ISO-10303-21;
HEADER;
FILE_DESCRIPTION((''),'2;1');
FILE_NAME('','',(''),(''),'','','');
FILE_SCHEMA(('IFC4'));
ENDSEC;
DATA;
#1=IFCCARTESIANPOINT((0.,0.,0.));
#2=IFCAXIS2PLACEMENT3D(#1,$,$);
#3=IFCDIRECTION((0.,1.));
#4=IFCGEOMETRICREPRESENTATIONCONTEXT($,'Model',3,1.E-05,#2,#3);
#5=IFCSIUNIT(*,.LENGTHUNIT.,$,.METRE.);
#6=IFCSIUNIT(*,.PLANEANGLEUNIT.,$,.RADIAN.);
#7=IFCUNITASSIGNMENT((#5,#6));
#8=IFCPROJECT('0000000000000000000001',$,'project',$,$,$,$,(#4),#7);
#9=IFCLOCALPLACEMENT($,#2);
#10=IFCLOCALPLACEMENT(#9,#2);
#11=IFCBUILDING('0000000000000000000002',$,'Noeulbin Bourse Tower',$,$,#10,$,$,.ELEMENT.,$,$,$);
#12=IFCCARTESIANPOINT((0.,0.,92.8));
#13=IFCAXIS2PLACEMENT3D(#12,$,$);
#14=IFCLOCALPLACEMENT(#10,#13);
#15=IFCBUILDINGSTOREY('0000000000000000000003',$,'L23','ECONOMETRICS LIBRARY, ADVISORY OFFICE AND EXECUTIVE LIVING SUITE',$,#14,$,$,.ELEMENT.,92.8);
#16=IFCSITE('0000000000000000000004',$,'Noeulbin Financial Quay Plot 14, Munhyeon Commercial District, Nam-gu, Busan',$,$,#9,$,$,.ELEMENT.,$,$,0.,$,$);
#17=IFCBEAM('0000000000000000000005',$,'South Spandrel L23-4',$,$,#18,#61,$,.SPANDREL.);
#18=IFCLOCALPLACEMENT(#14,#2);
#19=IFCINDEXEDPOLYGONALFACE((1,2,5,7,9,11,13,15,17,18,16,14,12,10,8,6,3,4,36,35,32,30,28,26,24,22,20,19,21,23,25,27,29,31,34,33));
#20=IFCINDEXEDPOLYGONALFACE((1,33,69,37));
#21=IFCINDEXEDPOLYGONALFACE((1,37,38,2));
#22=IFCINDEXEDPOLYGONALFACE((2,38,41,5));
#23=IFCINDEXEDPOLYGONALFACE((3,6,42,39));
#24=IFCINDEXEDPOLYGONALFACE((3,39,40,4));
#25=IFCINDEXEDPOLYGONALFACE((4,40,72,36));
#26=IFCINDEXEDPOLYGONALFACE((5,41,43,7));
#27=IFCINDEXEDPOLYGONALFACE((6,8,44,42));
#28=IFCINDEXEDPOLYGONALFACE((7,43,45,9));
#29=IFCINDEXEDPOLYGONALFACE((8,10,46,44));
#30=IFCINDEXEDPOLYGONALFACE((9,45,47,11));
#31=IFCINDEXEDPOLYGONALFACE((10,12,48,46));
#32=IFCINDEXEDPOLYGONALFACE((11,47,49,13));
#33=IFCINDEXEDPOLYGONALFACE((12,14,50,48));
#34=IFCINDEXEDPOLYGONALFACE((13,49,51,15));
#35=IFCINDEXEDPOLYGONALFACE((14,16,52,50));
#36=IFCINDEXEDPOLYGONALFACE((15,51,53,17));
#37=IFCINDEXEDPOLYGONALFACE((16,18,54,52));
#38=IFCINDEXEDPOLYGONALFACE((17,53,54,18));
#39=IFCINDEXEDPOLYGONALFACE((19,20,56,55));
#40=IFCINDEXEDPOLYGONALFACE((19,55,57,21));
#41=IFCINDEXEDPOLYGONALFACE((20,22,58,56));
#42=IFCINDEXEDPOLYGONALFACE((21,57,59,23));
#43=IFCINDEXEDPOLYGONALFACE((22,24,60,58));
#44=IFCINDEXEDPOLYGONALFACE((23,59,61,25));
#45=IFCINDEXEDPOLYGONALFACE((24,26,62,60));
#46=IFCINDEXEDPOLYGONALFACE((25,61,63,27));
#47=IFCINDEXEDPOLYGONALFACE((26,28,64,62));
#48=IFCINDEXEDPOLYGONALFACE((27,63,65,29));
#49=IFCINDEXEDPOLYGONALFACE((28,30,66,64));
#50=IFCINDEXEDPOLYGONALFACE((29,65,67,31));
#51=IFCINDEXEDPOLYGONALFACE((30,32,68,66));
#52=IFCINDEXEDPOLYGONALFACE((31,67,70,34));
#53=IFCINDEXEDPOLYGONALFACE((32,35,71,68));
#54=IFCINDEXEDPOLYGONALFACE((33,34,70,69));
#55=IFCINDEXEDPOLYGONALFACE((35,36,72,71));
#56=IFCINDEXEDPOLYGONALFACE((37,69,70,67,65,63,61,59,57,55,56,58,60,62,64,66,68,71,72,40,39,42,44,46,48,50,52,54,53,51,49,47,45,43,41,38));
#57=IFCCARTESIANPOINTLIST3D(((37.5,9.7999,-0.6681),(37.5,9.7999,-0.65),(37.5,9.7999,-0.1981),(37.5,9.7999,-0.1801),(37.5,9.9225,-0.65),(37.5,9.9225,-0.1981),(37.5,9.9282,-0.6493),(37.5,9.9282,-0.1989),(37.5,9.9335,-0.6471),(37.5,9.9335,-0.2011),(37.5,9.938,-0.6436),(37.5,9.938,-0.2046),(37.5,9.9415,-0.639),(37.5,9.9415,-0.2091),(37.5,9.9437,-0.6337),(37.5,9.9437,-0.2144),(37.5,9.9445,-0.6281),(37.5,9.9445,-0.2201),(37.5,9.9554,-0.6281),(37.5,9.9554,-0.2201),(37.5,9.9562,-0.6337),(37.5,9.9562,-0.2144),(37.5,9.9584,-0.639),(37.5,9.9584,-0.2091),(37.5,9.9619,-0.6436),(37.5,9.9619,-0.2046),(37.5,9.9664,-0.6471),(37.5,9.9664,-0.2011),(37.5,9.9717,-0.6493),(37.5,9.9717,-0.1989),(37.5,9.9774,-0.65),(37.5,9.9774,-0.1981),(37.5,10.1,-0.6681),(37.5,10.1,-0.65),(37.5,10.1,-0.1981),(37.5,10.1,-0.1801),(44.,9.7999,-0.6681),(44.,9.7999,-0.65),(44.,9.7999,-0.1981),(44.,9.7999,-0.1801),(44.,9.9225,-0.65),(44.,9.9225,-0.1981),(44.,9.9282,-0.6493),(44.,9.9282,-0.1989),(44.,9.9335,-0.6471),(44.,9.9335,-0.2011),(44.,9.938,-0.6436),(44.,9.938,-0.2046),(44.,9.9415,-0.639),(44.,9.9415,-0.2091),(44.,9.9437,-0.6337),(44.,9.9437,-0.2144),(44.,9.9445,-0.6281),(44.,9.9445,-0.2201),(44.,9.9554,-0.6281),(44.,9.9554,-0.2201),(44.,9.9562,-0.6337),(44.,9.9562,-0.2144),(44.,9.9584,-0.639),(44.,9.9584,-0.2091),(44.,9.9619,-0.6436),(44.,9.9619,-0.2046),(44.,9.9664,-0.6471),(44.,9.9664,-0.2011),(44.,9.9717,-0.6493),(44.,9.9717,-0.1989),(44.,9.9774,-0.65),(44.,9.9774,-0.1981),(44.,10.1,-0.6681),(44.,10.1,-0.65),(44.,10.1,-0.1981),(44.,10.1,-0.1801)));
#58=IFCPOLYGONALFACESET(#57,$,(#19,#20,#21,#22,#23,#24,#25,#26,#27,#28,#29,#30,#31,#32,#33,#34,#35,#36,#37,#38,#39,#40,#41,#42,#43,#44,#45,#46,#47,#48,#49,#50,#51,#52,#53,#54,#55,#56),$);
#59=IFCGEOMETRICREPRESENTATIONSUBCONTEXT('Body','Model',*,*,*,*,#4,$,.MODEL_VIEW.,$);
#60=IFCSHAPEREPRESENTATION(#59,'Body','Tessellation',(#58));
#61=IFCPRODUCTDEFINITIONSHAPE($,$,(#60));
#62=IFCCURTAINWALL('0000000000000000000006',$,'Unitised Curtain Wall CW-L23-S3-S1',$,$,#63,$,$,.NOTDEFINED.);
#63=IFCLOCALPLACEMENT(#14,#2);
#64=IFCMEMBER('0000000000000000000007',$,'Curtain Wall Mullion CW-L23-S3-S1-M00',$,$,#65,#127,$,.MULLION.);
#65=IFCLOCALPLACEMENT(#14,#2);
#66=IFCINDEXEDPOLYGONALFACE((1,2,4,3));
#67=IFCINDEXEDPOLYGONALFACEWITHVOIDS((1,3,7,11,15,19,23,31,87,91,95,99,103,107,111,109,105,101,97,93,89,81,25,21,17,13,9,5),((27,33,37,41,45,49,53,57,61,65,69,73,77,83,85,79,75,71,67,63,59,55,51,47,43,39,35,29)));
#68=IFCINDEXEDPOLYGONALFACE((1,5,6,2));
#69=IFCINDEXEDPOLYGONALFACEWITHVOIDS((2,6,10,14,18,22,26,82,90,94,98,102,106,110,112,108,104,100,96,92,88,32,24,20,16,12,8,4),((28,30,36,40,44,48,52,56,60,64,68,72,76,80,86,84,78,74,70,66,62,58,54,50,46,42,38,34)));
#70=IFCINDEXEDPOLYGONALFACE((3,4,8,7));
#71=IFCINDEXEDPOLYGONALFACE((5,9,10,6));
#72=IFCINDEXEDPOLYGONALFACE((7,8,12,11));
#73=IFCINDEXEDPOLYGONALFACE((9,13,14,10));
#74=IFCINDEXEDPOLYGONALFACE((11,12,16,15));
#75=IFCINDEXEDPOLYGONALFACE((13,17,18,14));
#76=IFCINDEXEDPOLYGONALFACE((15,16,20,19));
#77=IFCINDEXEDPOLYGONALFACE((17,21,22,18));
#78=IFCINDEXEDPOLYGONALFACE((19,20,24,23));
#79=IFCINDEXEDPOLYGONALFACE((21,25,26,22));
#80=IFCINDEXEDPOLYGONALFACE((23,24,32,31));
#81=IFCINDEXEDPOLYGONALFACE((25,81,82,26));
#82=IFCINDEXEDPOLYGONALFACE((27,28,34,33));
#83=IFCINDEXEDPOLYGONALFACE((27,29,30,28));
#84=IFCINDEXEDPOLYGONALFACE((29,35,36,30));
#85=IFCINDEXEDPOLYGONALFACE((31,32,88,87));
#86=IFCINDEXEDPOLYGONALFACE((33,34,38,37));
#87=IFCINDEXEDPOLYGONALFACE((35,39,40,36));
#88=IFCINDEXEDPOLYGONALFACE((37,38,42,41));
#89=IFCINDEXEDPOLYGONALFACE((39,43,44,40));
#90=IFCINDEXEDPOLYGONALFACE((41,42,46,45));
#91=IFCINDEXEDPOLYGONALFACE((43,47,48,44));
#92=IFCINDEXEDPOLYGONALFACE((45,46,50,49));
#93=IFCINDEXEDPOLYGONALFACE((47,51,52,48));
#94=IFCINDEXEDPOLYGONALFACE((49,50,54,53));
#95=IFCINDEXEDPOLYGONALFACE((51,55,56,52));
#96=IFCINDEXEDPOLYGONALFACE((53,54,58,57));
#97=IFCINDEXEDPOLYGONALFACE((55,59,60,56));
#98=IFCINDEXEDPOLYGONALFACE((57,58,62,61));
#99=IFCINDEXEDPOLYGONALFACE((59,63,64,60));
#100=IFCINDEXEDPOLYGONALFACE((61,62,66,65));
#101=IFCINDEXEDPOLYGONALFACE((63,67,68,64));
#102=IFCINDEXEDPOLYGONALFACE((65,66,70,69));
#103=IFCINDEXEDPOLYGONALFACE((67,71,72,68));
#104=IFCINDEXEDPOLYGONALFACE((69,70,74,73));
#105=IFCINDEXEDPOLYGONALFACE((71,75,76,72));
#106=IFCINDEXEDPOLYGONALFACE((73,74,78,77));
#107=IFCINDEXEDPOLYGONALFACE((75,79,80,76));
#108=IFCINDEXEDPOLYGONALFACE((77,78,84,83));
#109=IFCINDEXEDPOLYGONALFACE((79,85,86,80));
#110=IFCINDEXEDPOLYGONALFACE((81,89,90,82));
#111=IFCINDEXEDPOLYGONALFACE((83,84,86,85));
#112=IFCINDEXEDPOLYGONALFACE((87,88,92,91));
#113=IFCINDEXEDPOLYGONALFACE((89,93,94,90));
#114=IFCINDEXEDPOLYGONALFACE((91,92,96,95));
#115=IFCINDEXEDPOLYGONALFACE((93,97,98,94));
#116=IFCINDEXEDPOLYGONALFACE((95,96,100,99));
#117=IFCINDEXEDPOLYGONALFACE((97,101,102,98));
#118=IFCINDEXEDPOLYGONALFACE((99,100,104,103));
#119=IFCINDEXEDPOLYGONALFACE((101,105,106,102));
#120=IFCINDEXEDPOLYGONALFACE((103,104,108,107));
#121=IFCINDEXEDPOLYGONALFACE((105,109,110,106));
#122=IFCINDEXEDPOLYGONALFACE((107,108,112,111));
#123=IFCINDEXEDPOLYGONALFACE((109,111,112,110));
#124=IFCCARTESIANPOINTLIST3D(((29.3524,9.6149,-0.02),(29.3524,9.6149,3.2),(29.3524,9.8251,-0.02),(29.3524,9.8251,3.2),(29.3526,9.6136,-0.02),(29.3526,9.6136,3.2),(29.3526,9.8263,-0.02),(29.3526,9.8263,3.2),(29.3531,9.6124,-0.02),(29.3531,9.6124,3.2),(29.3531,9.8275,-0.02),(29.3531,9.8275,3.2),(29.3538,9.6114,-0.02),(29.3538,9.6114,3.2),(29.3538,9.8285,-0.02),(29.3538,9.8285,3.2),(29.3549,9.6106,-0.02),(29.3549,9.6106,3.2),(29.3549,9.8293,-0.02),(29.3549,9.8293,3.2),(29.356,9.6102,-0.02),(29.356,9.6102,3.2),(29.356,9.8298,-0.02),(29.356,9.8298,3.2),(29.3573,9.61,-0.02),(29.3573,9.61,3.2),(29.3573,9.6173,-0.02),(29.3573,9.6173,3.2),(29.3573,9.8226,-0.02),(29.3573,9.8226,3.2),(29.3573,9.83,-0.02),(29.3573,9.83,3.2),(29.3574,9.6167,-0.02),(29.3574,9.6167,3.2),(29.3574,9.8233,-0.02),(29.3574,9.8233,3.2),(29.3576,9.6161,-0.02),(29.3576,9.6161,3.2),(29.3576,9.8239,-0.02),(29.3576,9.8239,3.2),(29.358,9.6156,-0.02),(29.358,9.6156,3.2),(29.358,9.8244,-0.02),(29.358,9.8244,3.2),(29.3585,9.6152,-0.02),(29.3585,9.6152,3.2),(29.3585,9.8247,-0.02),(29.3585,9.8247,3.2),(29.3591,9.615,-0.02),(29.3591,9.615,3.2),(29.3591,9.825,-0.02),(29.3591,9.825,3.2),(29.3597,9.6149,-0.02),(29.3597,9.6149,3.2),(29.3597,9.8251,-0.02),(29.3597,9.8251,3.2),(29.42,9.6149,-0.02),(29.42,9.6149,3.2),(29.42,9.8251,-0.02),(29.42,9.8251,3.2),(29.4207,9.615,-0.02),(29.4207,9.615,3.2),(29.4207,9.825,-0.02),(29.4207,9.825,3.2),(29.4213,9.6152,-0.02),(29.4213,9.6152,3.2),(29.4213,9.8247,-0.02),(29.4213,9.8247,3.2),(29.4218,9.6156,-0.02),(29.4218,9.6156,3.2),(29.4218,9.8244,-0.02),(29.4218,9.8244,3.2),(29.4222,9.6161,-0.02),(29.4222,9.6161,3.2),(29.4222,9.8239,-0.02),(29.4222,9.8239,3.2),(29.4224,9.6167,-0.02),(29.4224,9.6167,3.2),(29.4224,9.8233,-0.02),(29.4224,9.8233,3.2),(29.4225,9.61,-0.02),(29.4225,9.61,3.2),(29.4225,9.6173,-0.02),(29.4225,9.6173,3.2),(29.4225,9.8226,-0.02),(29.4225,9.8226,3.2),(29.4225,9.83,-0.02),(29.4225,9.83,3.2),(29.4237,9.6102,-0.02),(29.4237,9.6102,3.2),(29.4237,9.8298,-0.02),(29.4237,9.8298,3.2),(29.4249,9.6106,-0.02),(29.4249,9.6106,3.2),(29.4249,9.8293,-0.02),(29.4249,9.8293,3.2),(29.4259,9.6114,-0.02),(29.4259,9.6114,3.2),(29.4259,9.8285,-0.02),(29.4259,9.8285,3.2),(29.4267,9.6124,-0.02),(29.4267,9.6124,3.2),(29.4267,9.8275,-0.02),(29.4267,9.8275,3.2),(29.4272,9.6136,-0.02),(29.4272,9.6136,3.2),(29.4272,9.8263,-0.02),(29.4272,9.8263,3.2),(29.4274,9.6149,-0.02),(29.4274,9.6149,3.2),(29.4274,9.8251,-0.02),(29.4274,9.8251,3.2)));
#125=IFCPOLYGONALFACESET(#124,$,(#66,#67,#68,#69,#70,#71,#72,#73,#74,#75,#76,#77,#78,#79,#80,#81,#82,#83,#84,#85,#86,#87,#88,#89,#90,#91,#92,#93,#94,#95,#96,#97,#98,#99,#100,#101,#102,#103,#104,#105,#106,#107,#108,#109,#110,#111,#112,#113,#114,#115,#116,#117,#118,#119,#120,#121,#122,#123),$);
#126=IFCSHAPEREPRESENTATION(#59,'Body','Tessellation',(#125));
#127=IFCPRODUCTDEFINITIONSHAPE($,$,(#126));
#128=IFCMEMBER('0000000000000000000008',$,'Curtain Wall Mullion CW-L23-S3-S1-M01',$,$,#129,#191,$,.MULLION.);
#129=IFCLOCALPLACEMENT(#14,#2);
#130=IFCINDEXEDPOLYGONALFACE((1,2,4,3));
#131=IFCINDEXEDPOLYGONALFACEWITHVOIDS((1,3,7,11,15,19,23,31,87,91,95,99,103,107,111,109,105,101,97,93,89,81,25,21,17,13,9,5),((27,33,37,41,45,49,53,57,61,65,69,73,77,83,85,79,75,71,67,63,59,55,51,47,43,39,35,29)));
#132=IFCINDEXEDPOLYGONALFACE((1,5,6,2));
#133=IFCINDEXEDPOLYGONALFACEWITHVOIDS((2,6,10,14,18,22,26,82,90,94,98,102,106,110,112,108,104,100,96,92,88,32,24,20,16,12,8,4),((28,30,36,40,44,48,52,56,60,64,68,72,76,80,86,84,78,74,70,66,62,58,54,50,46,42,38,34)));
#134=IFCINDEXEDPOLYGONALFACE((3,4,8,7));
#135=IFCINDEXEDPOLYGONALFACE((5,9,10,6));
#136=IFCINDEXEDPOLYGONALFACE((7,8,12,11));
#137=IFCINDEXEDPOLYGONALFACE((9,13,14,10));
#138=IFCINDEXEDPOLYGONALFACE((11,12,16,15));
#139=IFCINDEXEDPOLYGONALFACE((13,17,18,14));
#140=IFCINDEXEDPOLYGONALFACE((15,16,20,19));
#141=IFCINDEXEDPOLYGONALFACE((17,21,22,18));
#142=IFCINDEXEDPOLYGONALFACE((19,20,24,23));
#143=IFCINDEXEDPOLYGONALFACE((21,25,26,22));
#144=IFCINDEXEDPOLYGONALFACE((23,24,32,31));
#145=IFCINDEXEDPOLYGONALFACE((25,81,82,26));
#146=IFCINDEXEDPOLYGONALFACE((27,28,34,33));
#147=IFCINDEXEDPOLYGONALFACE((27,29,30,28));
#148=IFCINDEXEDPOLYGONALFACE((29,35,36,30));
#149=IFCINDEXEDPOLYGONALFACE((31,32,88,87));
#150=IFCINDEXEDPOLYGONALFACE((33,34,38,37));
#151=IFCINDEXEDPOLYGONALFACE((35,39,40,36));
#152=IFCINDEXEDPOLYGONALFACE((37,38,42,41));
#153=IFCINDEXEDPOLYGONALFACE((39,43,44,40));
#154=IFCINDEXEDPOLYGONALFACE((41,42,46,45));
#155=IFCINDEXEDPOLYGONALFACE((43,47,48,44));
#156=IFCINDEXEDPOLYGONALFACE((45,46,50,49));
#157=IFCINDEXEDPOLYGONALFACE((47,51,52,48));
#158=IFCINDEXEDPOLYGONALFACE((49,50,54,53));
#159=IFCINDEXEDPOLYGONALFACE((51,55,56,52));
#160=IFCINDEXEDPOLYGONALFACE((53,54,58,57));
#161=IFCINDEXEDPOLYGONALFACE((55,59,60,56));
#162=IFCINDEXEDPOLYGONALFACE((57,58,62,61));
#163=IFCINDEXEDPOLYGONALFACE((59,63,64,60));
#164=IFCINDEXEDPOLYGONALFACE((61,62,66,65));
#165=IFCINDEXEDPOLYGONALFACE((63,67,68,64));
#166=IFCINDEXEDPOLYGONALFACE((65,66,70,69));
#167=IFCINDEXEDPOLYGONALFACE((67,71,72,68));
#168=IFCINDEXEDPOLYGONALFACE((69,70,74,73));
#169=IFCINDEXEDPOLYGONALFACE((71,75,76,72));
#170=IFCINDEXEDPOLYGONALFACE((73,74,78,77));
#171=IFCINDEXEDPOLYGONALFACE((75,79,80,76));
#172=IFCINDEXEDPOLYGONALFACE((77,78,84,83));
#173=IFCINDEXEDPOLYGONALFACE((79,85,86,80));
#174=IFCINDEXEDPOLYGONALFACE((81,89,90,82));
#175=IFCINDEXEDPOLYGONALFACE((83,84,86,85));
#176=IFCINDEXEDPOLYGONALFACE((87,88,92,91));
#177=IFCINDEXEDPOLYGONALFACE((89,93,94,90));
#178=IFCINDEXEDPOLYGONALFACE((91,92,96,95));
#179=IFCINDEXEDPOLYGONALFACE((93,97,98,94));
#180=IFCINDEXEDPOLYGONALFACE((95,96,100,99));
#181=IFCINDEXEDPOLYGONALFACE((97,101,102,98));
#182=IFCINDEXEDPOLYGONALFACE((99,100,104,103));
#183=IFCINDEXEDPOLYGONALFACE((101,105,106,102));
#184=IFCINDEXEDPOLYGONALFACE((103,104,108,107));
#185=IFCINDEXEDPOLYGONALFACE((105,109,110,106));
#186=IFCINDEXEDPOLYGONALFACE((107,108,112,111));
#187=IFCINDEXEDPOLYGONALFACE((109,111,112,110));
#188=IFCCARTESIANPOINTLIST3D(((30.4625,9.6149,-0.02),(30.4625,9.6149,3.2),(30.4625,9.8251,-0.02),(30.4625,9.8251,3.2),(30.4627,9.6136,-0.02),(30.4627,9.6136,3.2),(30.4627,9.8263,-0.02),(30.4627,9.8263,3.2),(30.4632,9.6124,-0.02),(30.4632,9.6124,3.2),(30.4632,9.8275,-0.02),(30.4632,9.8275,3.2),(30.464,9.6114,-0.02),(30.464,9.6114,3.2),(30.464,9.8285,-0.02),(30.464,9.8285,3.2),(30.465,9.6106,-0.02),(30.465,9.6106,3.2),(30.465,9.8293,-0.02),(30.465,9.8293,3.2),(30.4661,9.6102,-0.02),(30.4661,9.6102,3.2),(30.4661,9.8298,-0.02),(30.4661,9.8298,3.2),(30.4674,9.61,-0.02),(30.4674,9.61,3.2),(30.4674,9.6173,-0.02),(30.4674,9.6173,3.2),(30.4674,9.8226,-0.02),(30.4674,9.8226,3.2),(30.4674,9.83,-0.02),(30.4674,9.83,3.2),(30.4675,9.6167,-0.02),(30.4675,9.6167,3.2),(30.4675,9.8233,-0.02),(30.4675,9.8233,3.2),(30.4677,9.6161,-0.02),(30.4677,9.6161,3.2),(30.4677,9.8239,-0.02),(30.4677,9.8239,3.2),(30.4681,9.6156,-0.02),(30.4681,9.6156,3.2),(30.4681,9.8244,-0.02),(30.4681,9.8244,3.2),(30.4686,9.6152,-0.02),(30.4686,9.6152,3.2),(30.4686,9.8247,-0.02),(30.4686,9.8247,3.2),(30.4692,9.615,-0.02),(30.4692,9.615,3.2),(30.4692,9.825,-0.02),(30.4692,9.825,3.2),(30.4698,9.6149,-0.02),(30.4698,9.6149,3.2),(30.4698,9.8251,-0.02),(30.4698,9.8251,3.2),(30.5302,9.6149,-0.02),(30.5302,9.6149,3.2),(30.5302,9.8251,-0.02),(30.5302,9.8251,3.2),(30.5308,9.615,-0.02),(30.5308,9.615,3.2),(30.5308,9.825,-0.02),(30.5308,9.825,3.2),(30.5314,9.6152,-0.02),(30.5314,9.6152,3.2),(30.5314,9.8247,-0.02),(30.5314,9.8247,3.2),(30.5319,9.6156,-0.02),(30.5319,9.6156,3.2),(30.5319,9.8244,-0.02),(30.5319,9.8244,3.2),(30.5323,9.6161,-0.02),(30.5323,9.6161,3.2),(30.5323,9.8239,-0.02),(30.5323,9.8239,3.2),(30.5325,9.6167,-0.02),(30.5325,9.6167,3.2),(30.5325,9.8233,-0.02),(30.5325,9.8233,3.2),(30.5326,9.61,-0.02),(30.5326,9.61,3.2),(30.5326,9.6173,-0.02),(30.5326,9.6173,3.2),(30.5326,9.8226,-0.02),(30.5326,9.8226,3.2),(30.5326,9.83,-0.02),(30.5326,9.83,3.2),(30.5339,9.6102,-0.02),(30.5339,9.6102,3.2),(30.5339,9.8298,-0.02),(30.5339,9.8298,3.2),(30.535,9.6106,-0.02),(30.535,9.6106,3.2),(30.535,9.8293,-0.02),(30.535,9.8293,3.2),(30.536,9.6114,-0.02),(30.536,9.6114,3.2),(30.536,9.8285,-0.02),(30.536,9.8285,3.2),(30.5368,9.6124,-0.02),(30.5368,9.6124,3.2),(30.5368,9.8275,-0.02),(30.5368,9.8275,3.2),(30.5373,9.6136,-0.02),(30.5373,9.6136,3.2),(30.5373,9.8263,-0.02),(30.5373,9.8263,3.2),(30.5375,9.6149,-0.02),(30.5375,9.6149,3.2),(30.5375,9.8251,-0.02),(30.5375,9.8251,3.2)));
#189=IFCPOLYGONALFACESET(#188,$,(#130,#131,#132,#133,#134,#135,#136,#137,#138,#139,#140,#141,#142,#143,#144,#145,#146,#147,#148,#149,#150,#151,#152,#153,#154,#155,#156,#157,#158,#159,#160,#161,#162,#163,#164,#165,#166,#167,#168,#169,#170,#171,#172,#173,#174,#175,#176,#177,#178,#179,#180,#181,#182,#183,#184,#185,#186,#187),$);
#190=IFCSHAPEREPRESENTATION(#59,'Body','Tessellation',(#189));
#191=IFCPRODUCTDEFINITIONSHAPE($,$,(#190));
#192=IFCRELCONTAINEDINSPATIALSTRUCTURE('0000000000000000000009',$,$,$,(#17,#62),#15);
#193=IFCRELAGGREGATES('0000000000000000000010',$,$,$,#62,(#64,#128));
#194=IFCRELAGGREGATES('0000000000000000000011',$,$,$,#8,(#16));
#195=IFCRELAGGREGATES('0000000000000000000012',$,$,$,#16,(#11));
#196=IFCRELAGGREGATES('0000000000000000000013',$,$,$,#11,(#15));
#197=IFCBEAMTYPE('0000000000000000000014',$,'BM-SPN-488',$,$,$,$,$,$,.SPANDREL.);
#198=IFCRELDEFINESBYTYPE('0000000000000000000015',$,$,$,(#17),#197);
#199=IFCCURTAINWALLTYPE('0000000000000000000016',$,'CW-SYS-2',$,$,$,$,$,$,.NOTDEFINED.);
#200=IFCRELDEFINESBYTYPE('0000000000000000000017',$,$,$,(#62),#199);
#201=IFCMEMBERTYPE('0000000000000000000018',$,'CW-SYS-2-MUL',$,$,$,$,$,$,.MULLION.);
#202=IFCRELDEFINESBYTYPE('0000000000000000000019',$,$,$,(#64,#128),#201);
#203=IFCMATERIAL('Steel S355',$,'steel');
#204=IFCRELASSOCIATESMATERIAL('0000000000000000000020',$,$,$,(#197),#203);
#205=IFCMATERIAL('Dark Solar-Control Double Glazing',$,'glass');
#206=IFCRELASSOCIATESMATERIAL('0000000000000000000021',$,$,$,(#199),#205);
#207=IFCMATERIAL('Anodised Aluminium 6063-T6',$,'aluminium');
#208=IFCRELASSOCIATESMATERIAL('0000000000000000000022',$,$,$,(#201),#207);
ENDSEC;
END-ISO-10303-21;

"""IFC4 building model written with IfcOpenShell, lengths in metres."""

from ifc_helpers import new_model, si_unit, direction, frame, origin, origin_2d, place, context, subcontext, project, spatial, hollow_rectangle, i_section, extrude, material, material_profile, profile_set, type_object, element, aggregate, save


model = new_model("IFC4")

# Units and contexts
model_context = context("Model", 3, precision=1e-05, world=origin(), true_north=direction((0.0, 1.0)))
body_context = subcontext(model_context, "Body", "Model", "MODEL_VIEW")
ifc_project = project(units=[si_unit("LENGTHUNIT", "METRE"), si_unit("PLANEANGLEUNIT", "RADIAN")], contexts=[model_context])

# Site, building, storey
site_placement = place(None, origin())
site = spatial("IfcSite", under=ifc_project, at=site_placement, Name="Noeulbin Financial Quay Plot 14, Munhyeon Commercial District, Nam-gu, Busan", CompositionType="ELEMENT", RefElevation=0.0)
building_placement = place(site_placement, origin())
building = spatial("IfcBuilding", under=site, at=building_placement, Name="Noeulbin Bourse Tower", CompositionType="ELEMENT")
storey_placement = place(building_placement, frame((0.0, 0.0, 92.8)))
storey = spatial("IfcBuildingStorey", under=building, at=storey_placement, Name="L23", Description="ECONOMETRICS LIBRARY, ADVISORY OFFICE AND EXECUTIVE LIVING SUITE", CompositionType="ELEMENT", Elevation=92.8)

# Beam
ifc_material_1 = material(Name="Steel S355", Category="steel")
ifc_material_profile_1 = material_profile(ifc_material_1, i_section(OverallWidth=0.3, OverallDepth=0.488, WebThickness=0.011, FlangeThickness=0.0181, FilletRadius=0.022, at=origin_2d()), Name="H-488x300x11x18", Category="LoadBearing")
ifc_profile_set_1 = profile_set([ifc_material_profile_1], Name="Steel S355")
beam_type_1 = type_object("IfcBeamType", Name="BM-SPN-488", PredefinedType="SPANDREL", material=ifc_profile_set_1)
for number, where, z_axis, x_axis, name in (
    (1, (37.5, 9.95, -0.4241), (1.0, 0.0, 0.0), (0.0, 1.0, 0.0), "South Spandrel L23-4"),
):
    element("IfcBeam", number, at=place(storey_placement, frame(where, z_axis=z_axis, x_axis=x_axis)), inside=storey, type_object=beam_type_1, Name=name, PredefinedType="SPANDREL", context=body_context, shape_type="SweptSolid", body=[
        extrude(i_section(OverallWidth=0.3, OverallDepth=0.488, WebThickness=0.011, FlangeThickness=0.0181, FilletRadius=0.022, at=origin_2d()), origin(), (0.0, 0.0, 1.0), 6.5),
    ])

# Curtain wall, members
ifc_material_2 = material(Name="Dark Solar-Control Double Glazing", Category="glass")
curtain_wall_type = type_object("IfcCurtainWallType", Name="CW-SYS-2", PredefinedType="NOTDEFINED", material=ifc_material_2)
curtain_wall_1_placement = place(storey_placement, origin())
curtain_wall_1 = element("IfcCurtainWall", 2, at=curtain_wall_1_placement, inside=storey, type_object=curtain_wall_type, Name="Unitised Curtain Wall CW-L23-S3-S1", PredefinedType="NOTDEFINED")
ifc_material_3 = material(Name="Anodised Aluminium 6063-T6", Category="aluminium")
ifc_material_profile_2 = material_profile(ifc_material_3, hollow_rectangle(XDim=0.075, YDim=0.22, WallThickness=0.0049, InnerFilletRadius=0.0024, OuterFilletRadius=0.0049, at=origin_2d()), Name="ALU-MULL-75x220x5", Category="LoadBearing")
ifc_profile_set_2 = profile_set([ifc_material_profile_2], Name="Anodised Aluminium 6063-T6")
member_type_1 = type_object("IfcMemberType", Name="CW-SYS-2-MUL", PredefinedType="MULLION", material=ifc_profile_set_2)
member_1_placement = place(storey_placement, frame((29.3899, 9.72, -0.02), z_axis=(0.0, 0.0, 1.0), x_axis=(1.0, 0.0, 0.0)))
member_1 = element("IfcMember", 3, at=member_1_placement, type_object=member_type_1, Name="Curtain Wall Mullion CW-L23-S3-S1-M00", PredefinedType="MULLION", context=body_context, shape_type="SweptSolid", body=[
    extrude(hollow_rectangle(XDim=0.075, YDim=0.22, WallThickness=0.0049, InnerFilletRadius=0.0024, OuterFilletRadius=0.0049, at=origin_2d()), origin(), (0.0, 0.0, 1.0), 3.22),
])
member_2_placement = place(storey_placement, frame((30.5, 9.72, -0.02), z_axis=(0.0, 0.0, 1.0), x_axis=(1.0, 0.0, 0.0)))
member_2 = element("IfcMember", 4, at=member_2_placement, type_object=member_type_1, Name="Curtain Wall Mullion CW-L23-S3-S1-M01", PredefinedType="MULLION", context=body_context, shape_type="SweptSolid", body=[
    extrude(hollow_rectangle(XDim=0.075, YDim=0.22, WallThickness=0.0049, InnerFilletRadius=0.0024, OuterFilletRadius=0.0049, at=origin_2d()), origin(), (0.0, 0.0, 1.0), 3.22),
])

aggregate(curtain_wall_1, [member_1, member_2])

save(model, "model.ifc")
